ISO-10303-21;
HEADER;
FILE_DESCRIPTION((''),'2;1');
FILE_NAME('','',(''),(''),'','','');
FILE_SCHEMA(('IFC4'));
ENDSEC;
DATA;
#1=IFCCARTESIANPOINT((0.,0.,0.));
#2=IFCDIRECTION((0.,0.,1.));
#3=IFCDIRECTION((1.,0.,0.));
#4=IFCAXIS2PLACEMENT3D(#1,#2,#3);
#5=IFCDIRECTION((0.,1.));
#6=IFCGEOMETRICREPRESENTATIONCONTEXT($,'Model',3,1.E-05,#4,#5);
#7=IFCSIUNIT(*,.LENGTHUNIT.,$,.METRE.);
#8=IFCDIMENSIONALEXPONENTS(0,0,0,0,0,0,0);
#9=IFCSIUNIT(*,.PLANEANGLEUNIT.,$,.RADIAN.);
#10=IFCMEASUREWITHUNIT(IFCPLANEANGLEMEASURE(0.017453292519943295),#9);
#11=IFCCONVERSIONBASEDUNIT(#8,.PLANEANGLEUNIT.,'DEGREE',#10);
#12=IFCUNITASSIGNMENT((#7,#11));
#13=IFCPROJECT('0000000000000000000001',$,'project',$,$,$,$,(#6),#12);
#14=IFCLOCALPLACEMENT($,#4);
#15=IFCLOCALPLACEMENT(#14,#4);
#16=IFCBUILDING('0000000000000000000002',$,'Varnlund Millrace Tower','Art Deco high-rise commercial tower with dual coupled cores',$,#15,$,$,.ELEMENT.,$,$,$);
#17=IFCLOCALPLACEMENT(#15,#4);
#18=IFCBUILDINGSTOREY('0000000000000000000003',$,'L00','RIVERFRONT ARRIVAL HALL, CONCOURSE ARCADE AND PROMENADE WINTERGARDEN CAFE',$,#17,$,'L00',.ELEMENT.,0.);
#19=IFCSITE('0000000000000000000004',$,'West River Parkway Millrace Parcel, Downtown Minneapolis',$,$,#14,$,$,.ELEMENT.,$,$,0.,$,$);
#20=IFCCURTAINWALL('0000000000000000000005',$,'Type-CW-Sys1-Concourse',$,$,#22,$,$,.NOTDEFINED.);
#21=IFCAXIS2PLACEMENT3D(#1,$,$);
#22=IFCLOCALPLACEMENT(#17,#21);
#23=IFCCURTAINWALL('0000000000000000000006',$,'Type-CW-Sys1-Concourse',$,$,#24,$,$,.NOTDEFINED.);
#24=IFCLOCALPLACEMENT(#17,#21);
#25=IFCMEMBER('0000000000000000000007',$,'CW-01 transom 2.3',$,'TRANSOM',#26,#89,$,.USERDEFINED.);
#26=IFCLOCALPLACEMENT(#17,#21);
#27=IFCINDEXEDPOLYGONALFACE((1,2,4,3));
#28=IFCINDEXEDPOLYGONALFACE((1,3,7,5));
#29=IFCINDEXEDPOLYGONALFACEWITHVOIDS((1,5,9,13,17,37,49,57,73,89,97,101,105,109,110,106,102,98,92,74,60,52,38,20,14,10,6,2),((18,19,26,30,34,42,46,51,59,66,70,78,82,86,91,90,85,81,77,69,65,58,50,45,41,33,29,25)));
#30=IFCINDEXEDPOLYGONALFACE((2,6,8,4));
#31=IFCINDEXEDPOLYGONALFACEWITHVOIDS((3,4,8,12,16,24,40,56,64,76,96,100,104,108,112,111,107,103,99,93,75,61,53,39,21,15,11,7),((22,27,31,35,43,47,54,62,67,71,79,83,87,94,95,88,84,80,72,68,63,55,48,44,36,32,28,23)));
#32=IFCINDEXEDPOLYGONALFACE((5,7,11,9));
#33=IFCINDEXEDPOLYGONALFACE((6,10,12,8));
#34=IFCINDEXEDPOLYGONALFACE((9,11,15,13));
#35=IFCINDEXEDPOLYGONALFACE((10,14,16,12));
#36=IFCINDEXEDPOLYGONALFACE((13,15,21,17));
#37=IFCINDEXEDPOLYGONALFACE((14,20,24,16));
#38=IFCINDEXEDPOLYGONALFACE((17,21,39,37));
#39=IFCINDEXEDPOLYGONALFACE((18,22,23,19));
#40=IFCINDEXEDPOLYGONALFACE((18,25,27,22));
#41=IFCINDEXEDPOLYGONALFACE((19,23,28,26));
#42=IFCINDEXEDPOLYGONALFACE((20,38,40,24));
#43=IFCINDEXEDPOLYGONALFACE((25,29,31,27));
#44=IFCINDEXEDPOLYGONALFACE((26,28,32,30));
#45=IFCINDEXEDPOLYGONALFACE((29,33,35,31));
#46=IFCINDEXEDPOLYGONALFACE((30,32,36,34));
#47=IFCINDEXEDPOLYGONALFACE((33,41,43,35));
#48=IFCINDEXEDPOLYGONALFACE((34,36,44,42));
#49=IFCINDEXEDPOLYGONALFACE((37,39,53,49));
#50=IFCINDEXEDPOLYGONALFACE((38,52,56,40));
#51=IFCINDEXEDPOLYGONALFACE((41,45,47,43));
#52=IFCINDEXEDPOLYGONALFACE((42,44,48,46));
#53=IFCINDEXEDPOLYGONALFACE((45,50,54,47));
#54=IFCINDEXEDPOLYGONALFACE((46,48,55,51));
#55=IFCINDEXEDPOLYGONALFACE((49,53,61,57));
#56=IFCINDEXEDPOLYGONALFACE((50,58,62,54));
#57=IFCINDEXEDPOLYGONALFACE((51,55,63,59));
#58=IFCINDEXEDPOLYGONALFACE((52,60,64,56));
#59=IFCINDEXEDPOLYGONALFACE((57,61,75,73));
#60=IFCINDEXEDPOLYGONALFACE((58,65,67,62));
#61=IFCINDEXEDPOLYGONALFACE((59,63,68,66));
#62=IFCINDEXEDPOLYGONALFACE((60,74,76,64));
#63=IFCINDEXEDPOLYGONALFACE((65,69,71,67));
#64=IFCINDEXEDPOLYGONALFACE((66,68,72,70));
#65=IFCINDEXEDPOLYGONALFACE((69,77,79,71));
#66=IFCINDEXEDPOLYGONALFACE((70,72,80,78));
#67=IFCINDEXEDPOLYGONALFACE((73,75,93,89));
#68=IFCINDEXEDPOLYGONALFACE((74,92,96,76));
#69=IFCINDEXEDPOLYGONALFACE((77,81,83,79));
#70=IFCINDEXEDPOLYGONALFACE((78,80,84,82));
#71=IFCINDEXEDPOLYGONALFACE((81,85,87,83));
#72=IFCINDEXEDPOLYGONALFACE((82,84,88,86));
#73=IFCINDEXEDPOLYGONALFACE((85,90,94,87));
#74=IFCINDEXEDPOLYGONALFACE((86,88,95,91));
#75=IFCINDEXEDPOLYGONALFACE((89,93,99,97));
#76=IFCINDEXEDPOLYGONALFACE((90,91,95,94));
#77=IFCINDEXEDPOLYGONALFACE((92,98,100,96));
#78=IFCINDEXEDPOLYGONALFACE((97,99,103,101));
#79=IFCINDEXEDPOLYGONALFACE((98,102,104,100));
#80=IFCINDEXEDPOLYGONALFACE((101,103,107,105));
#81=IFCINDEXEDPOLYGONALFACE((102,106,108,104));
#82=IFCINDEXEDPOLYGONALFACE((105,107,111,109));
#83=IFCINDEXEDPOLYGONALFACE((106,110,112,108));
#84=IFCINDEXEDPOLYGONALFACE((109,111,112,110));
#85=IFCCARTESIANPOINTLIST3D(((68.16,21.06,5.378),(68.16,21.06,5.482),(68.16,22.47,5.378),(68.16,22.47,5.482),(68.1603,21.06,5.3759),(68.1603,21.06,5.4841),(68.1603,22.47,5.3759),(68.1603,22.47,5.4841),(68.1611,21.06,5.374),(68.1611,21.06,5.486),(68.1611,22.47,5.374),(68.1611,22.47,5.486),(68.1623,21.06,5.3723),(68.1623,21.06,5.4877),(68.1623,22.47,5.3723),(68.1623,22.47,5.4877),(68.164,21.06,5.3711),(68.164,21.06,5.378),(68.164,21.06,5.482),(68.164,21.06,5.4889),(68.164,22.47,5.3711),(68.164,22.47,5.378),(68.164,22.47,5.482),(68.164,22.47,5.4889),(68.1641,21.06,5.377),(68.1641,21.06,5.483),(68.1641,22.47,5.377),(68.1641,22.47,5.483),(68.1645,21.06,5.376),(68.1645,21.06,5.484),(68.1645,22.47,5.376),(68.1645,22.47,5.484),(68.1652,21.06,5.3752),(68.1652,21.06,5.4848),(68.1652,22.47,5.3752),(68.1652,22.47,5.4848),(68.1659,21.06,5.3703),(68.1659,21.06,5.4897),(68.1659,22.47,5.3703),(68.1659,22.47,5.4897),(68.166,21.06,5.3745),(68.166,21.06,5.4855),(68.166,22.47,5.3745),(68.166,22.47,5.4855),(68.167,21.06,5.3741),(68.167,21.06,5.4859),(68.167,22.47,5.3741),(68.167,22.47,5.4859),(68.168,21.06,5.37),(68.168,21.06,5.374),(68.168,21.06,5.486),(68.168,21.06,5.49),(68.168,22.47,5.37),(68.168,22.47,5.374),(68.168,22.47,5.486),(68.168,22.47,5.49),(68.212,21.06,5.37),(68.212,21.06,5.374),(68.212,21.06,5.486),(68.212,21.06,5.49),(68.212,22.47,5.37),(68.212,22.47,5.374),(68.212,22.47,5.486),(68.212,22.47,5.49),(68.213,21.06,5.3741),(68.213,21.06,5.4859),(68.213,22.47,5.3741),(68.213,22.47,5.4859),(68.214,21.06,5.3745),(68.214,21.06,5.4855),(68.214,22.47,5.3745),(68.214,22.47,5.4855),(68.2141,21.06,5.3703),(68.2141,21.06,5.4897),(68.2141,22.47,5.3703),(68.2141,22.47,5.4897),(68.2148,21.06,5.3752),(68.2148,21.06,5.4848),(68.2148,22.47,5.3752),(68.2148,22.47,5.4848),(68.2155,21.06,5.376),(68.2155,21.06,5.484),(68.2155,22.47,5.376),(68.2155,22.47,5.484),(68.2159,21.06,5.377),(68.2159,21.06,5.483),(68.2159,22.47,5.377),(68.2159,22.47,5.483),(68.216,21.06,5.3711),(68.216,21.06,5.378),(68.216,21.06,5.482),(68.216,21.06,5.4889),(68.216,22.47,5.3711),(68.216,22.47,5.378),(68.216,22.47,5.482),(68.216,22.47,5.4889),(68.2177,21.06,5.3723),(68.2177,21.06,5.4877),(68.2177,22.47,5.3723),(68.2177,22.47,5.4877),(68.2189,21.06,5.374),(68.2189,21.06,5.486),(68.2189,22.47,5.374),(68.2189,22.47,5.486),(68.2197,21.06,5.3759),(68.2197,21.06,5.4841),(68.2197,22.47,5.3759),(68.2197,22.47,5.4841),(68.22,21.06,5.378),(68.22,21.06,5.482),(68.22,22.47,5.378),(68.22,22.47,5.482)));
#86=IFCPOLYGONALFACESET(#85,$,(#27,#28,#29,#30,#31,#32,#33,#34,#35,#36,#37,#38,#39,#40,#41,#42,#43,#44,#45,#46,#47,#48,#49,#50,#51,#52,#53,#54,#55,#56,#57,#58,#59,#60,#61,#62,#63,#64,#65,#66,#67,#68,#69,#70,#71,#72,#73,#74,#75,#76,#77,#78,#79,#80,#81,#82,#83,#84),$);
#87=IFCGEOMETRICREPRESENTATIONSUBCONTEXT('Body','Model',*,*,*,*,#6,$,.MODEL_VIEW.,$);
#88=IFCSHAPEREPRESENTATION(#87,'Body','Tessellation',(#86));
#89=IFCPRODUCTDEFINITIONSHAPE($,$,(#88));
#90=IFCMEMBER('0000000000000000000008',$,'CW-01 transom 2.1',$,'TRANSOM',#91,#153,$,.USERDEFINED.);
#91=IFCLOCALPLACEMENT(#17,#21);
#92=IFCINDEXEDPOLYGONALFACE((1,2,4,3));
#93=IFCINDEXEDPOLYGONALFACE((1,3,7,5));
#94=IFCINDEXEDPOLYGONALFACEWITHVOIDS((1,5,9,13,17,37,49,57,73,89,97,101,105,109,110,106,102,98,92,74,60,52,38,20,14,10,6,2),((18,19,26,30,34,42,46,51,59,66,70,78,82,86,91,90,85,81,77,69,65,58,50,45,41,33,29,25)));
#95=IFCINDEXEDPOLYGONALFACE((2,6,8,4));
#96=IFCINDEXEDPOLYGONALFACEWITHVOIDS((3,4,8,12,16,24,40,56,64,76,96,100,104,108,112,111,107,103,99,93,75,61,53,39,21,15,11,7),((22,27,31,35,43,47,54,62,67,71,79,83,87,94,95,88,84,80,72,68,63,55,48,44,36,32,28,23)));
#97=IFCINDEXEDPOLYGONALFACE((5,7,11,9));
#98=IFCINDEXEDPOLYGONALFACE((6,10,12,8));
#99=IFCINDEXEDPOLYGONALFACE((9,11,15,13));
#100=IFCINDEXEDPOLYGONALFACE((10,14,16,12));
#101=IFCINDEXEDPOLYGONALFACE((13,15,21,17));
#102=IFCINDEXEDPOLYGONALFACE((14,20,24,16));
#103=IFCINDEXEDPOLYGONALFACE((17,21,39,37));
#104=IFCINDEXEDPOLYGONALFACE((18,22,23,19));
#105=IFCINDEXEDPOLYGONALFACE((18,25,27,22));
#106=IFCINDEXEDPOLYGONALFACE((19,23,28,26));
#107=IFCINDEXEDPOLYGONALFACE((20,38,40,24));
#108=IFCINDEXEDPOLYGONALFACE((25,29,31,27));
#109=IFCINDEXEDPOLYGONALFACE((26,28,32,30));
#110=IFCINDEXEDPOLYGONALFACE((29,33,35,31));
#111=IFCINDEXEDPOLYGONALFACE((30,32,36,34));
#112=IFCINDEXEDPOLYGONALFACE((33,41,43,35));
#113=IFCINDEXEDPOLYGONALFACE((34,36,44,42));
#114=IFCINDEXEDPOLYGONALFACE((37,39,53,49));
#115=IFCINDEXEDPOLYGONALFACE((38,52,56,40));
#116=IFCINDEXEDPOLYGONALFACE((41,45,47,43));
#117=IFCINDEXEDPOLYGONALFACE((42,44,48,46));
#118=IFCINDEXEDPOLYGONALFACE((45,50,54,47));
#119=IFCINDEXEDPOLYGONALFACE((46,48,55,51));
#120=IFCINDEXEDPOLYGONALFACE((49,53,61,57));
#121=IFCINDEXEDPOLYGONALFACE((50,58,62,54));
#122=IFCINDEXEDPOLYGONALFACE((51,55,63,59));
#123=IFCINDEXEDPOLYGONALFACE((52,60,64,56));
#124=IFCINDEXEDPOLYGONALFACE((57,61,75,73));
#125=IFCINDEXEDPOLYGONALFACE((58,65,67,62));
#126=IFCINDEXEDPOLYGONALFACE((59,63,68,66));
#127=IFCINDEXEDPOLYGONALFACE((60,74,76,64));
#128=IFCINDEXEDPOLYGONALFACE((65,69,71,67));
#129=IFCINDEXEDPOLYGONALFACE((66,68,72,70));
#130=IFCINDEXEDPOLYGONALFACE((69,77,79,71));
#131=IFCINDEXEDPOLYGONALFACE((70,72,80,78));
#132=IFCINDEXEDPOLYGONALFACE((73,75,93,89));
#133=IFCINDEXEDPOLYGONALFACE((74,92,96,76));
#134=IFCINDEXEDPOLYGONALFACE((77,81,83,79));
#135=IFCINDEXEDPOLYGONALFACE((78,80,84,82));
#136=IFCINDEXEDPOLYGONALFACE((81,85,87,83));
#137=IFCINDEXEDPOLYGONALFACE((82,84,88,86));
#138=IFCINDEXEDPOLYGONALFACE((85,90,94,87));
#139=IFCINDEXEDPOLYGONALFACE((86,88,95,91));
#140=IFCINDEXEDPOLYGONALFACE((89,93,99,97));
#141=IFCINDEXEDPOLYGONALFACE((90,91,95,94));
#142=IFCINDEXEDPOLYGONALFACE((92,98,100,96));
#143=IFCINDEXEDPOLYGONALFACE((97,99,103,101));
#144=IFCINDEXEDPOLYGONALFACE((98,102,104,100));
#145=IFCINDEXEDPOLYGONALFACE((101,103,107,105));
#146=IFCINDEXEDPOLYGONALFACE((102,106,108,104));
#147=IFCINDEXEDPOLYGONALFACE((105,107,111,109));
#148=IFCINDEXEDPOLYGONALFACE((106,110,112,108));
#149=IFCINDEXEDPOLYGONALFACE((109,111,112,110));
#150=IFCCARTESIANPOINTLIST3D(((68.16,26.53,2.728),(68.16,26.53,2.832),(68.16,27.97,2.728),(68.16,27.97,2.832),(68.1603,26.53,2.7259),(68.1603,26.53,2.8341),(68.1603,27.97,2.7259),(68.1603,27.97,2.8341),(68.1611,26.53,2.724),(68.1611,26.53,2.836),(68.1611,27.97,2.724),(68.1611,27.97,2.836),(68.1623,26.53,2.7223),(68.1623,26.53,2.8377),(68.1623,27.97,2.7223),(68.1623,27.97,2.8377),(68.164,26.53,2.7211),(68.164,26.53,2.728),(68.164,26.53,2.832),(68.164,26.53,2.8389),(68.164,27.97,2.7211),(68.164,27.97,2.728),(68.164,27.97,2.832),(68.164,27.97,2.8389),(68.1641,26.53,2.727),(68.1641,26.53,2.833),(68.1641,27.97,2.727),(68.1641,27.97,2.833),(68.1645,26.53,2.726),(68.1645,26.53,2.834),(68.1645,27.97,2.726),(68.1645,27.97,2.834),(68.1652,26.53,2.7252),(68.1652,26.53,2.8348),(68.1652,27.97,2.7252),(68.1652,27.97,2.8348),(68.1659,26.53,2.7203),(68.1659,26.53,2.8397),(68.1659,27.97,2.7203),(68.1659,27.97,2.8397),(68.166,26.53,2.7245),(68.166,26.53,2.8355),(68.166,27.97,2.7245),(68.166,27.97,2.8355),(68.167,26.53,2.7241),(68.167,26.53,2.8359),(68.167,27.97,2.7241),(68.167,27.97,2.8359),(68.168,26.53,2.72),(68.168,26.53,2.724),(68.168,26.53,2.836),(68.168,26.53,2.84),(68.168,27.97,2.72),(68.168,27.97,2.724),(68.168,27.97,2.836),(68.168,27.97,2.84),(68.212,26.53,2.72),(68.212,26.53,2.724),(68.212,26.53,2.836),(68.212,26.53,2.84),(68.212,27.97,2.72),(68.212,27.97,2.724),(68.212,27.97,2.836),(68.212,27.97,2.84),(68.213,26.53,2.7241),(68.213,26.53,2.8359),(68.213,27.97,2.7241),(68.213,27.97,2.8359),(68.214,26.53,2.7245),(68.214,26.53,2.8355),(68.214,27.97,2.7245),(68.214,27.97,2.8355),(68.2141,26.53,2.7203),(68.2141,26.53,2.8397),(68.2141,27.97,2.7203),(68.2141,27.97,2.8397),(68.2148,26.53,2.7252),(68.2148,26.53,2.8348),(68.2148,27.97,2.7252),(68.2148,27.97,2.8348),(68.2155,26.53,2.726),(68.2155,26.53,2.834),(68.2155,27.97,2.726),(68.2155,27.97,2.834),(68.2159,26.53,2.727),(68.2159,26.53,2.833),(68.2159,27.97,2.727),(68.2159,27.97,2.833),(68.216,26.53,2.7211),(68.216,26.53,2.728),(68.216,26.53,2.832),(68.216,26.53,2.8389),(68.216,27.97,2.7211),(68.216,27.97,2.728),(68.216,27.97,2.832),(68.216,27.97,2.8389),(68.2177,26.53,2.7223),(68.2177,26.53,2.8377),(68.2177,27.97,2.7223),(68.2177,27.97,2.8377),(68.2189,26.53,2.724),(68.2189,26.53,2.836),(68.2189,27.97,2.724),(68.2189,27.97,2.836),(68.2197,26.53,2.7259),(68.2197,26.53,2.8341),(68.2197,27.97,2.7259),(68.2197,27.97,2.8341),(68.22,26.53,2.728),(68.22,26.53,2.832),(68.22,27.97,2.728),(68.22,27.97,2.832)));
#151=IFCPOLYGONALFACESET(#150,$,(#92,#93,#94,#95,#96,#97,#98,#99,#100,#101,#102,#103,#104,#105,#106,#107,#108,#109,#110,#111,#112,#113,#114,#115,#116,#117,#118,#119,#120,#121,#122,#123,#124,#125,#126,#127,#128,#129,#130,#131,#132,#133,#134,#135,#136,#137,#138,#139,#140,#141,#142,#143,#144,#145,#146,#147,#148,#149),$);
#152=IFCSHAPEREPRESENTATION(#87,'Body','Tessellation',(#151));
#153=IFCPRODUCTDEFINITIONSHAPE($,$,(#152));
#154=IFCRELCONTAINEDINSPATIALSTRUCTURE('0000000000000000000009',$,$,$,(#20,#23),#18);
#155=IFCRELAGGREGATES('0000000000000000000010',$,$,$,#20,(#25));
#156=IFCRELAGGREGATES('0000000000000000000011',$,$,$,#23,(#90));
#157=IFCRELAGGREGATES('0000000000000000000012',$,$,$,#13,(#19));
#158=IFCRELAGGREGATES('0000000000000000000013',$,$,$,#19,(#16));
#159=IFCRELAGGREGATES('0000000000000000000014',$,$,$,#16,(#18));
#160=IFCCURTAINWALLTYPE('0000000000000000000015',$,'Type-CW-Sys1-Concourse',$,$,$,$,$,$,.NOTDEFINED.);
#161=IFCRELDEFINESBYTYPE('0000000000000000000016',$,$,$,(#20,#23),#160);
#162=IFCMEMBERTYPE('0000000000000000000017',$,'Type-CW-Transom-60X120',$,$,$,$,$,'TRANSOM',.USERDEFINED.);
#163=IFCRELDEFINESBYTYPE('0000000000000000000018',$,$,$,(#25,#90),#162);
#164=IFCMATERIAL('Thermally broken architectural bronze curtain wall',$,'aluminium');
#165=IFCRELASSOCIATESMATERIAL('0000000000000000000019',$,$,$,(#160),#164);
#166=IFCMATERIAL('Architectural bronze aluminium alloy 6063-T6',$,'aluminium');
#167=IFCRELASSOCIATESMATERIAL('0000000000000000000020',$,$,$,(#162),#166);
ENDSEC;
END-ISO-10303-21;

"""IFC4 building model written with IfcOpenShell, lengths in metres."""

from ifc_helpers import new_model, entity, si_unit, converted_unit, direction, frame, origin_with_axes, origin_2d_with_axis, place, context, subcontext, project, spatial, hollow_rectangle, extrude, material, material_profile, profile_set, type_object, element, aggregate, save


model = new_model("IFC4")

# Units and contexts
model_context = context("Model", 3, precision=1e-05, world=origin_with_axes(), true_north=direction((0.0, 1.0)))
body_context = subcontext(model_context, "Body", "Model", "MODEL_VIEW")
ifc_project = project(units=[si_unit("LENGTHUNIT", "METRE"), converted_unit("PLANEANGLEUNIT", "DEGREE", entity("IfcPlaneAngleMeasure", 0.017453292519943295), si_unit("PLANEANGLEUNIT", "RADIAN"), dimensions=[0, 0, 0, 0, 0, 0, 0])], contexts=[model_context])

# Site, building, storey
site_placement = place(None, origin_with_axes())
site = spatial("IfcSite", under=ifc_project, at=site_placement, Name="West River Parkway Millrace Parcel, Downtown Minneapolis", CompositionType="ELEMENT", RefElevation=0.0)
building_placement = place(site_placement, origin_with_axes())
building = spatial("IfcBuilding", under=site, at=building_placement, Name="Varnlund Millrace Tower", Description="Art Deco high-rise commercial tower with dual coupled cores", CompositionType="ELEMENT")
storey_placement = place(building_placement, origin_with_axes())
storey = spatial("IfcBuildingStorey", under=building, at=storey_placement, Name="L00", Description="RIVERFRONT ARRIVAL HALL, CONCOURSE ARCADE AND PROMENADE WINTERGARDEN CAFE", LongName="L00", CompositionType="ELEMENT", Elevation=0.0)

# Curtain walls
ifc_material_1 = material(Name="Thermally broken architectural bronze curtain wall", Category="aluminium")
curtain_wall_type = type_object("IfcCurtainWallType", Name="Type-CW-Sys1-Concourse", PredefinedType="NOTDEFINED", material=ifc_material_1)
curtain_wall_1_placement = place(storey_placement, frame((68.19, 24.0, 2.75), z_axis=(0.0, 0.0, 1.0), x_axis=(1.0, 0.0, 0.0)))
curtain_wall_1 = element("IfcCurtainWall", 1, at=curtain_wall_1_placement, inside=storey, type_object=curtain_wall_type, Name="Type-CW-Sys1-Concourse", PredefinedType="NOTDEFINED")
ifc_material_2 = material(Name="Architectural bronze aluminium alloy 6063-T6", Category="aluminium")
curtain_wall_2_placement = place(storey_placement, frame((68.19, 29.5, 2.75), z_axis=(0.0, 0.0, 1.0), x_axis=(1.0, 0.0, 0.0)))
curtain_wall_2 = element("IfcCurtainWall", 2, at=curtain_wall_2_placement, inside=storey, type_object=curtain_wall_type, Name="Type-CW-Sys1-Concourse", PredefinedType="NOTDEFINED")

# Members
ifc_material_profile_1 = material_profile(ifc_material_2, hollow_rectangle(XDim=0.06, YDim=0.12, WallThickness=0.004, InnerFilletRadius=0.004, OuterFilletRadius=0.008, at=origin_2d_with_axis()), Name="Architectural bronze aluminium alloy 6063-T6")
ifc_profile_set_1 = profile_set([ifc_material_profile_1], Name="Architectural bronze aluminium alloy 6063-T6")
member_type_1 = type_object("IfcMemberType", Name="Type-CW-Transom-60X120", ElementType="TRANSOM", PredefinedType="USERDEFINED", material=ifc_profile_set_1)
member_1_placement = place(storey_placement, frame((68.19, 22.47, 5.43), z_axis=(0.0, -1.0, 0.0), x_axis=(1.0, 0.0, 0.0)))
member_1 = element("IfcMember", 3, at=member_1_placement, type_object=member_type_1, Name="CW-01 transom 2.3", ObjectType="TRANSOM", PredefinedType="USERDEFINED", context=body_context, shape_type="SweptSolid", body=[
    extrude(hollow_rectangle(XDim=0.06, YDim=0.12, WallThickness=0.004, InnerFilletRadius=0.004, OuterFilletRadius=0.008, at=origin_2d_with_axis()), origin_with_axes(), (0.0, 0.0, 1.0), 1.41),
])
member_2_placement = place(storey_placement, frame((68.19, 27.97, 2.78), z_axis=(0.0, -1.0, 0.0), x_axis=(1.0, 0.0, 0.0)))
member_2 = element("IfcMember", 4, at=member_2_placement, type_object=member_type_1, Name="CW-01 transom 2.1", ObjectType="TRANSOM", PredefinedType="USERDEFINED", context=body_context, shape_type="SweptSolid", body=[
    extrude(hollow_rectangle(XDim=0.06, YDim=0.12, WallThickness=0.004, InnerFilletRadius=0.004, OuterFilletRadius=0.008, at=origin_2d_with_axis()), origin_with_axes(), (0.0, 0.0, 1.0), 1.44),
])

aggregate(curtain_wall_1, [member_1])
aggregate(curtain_wall_2, [member_2])

save(model, "model.ifc")
